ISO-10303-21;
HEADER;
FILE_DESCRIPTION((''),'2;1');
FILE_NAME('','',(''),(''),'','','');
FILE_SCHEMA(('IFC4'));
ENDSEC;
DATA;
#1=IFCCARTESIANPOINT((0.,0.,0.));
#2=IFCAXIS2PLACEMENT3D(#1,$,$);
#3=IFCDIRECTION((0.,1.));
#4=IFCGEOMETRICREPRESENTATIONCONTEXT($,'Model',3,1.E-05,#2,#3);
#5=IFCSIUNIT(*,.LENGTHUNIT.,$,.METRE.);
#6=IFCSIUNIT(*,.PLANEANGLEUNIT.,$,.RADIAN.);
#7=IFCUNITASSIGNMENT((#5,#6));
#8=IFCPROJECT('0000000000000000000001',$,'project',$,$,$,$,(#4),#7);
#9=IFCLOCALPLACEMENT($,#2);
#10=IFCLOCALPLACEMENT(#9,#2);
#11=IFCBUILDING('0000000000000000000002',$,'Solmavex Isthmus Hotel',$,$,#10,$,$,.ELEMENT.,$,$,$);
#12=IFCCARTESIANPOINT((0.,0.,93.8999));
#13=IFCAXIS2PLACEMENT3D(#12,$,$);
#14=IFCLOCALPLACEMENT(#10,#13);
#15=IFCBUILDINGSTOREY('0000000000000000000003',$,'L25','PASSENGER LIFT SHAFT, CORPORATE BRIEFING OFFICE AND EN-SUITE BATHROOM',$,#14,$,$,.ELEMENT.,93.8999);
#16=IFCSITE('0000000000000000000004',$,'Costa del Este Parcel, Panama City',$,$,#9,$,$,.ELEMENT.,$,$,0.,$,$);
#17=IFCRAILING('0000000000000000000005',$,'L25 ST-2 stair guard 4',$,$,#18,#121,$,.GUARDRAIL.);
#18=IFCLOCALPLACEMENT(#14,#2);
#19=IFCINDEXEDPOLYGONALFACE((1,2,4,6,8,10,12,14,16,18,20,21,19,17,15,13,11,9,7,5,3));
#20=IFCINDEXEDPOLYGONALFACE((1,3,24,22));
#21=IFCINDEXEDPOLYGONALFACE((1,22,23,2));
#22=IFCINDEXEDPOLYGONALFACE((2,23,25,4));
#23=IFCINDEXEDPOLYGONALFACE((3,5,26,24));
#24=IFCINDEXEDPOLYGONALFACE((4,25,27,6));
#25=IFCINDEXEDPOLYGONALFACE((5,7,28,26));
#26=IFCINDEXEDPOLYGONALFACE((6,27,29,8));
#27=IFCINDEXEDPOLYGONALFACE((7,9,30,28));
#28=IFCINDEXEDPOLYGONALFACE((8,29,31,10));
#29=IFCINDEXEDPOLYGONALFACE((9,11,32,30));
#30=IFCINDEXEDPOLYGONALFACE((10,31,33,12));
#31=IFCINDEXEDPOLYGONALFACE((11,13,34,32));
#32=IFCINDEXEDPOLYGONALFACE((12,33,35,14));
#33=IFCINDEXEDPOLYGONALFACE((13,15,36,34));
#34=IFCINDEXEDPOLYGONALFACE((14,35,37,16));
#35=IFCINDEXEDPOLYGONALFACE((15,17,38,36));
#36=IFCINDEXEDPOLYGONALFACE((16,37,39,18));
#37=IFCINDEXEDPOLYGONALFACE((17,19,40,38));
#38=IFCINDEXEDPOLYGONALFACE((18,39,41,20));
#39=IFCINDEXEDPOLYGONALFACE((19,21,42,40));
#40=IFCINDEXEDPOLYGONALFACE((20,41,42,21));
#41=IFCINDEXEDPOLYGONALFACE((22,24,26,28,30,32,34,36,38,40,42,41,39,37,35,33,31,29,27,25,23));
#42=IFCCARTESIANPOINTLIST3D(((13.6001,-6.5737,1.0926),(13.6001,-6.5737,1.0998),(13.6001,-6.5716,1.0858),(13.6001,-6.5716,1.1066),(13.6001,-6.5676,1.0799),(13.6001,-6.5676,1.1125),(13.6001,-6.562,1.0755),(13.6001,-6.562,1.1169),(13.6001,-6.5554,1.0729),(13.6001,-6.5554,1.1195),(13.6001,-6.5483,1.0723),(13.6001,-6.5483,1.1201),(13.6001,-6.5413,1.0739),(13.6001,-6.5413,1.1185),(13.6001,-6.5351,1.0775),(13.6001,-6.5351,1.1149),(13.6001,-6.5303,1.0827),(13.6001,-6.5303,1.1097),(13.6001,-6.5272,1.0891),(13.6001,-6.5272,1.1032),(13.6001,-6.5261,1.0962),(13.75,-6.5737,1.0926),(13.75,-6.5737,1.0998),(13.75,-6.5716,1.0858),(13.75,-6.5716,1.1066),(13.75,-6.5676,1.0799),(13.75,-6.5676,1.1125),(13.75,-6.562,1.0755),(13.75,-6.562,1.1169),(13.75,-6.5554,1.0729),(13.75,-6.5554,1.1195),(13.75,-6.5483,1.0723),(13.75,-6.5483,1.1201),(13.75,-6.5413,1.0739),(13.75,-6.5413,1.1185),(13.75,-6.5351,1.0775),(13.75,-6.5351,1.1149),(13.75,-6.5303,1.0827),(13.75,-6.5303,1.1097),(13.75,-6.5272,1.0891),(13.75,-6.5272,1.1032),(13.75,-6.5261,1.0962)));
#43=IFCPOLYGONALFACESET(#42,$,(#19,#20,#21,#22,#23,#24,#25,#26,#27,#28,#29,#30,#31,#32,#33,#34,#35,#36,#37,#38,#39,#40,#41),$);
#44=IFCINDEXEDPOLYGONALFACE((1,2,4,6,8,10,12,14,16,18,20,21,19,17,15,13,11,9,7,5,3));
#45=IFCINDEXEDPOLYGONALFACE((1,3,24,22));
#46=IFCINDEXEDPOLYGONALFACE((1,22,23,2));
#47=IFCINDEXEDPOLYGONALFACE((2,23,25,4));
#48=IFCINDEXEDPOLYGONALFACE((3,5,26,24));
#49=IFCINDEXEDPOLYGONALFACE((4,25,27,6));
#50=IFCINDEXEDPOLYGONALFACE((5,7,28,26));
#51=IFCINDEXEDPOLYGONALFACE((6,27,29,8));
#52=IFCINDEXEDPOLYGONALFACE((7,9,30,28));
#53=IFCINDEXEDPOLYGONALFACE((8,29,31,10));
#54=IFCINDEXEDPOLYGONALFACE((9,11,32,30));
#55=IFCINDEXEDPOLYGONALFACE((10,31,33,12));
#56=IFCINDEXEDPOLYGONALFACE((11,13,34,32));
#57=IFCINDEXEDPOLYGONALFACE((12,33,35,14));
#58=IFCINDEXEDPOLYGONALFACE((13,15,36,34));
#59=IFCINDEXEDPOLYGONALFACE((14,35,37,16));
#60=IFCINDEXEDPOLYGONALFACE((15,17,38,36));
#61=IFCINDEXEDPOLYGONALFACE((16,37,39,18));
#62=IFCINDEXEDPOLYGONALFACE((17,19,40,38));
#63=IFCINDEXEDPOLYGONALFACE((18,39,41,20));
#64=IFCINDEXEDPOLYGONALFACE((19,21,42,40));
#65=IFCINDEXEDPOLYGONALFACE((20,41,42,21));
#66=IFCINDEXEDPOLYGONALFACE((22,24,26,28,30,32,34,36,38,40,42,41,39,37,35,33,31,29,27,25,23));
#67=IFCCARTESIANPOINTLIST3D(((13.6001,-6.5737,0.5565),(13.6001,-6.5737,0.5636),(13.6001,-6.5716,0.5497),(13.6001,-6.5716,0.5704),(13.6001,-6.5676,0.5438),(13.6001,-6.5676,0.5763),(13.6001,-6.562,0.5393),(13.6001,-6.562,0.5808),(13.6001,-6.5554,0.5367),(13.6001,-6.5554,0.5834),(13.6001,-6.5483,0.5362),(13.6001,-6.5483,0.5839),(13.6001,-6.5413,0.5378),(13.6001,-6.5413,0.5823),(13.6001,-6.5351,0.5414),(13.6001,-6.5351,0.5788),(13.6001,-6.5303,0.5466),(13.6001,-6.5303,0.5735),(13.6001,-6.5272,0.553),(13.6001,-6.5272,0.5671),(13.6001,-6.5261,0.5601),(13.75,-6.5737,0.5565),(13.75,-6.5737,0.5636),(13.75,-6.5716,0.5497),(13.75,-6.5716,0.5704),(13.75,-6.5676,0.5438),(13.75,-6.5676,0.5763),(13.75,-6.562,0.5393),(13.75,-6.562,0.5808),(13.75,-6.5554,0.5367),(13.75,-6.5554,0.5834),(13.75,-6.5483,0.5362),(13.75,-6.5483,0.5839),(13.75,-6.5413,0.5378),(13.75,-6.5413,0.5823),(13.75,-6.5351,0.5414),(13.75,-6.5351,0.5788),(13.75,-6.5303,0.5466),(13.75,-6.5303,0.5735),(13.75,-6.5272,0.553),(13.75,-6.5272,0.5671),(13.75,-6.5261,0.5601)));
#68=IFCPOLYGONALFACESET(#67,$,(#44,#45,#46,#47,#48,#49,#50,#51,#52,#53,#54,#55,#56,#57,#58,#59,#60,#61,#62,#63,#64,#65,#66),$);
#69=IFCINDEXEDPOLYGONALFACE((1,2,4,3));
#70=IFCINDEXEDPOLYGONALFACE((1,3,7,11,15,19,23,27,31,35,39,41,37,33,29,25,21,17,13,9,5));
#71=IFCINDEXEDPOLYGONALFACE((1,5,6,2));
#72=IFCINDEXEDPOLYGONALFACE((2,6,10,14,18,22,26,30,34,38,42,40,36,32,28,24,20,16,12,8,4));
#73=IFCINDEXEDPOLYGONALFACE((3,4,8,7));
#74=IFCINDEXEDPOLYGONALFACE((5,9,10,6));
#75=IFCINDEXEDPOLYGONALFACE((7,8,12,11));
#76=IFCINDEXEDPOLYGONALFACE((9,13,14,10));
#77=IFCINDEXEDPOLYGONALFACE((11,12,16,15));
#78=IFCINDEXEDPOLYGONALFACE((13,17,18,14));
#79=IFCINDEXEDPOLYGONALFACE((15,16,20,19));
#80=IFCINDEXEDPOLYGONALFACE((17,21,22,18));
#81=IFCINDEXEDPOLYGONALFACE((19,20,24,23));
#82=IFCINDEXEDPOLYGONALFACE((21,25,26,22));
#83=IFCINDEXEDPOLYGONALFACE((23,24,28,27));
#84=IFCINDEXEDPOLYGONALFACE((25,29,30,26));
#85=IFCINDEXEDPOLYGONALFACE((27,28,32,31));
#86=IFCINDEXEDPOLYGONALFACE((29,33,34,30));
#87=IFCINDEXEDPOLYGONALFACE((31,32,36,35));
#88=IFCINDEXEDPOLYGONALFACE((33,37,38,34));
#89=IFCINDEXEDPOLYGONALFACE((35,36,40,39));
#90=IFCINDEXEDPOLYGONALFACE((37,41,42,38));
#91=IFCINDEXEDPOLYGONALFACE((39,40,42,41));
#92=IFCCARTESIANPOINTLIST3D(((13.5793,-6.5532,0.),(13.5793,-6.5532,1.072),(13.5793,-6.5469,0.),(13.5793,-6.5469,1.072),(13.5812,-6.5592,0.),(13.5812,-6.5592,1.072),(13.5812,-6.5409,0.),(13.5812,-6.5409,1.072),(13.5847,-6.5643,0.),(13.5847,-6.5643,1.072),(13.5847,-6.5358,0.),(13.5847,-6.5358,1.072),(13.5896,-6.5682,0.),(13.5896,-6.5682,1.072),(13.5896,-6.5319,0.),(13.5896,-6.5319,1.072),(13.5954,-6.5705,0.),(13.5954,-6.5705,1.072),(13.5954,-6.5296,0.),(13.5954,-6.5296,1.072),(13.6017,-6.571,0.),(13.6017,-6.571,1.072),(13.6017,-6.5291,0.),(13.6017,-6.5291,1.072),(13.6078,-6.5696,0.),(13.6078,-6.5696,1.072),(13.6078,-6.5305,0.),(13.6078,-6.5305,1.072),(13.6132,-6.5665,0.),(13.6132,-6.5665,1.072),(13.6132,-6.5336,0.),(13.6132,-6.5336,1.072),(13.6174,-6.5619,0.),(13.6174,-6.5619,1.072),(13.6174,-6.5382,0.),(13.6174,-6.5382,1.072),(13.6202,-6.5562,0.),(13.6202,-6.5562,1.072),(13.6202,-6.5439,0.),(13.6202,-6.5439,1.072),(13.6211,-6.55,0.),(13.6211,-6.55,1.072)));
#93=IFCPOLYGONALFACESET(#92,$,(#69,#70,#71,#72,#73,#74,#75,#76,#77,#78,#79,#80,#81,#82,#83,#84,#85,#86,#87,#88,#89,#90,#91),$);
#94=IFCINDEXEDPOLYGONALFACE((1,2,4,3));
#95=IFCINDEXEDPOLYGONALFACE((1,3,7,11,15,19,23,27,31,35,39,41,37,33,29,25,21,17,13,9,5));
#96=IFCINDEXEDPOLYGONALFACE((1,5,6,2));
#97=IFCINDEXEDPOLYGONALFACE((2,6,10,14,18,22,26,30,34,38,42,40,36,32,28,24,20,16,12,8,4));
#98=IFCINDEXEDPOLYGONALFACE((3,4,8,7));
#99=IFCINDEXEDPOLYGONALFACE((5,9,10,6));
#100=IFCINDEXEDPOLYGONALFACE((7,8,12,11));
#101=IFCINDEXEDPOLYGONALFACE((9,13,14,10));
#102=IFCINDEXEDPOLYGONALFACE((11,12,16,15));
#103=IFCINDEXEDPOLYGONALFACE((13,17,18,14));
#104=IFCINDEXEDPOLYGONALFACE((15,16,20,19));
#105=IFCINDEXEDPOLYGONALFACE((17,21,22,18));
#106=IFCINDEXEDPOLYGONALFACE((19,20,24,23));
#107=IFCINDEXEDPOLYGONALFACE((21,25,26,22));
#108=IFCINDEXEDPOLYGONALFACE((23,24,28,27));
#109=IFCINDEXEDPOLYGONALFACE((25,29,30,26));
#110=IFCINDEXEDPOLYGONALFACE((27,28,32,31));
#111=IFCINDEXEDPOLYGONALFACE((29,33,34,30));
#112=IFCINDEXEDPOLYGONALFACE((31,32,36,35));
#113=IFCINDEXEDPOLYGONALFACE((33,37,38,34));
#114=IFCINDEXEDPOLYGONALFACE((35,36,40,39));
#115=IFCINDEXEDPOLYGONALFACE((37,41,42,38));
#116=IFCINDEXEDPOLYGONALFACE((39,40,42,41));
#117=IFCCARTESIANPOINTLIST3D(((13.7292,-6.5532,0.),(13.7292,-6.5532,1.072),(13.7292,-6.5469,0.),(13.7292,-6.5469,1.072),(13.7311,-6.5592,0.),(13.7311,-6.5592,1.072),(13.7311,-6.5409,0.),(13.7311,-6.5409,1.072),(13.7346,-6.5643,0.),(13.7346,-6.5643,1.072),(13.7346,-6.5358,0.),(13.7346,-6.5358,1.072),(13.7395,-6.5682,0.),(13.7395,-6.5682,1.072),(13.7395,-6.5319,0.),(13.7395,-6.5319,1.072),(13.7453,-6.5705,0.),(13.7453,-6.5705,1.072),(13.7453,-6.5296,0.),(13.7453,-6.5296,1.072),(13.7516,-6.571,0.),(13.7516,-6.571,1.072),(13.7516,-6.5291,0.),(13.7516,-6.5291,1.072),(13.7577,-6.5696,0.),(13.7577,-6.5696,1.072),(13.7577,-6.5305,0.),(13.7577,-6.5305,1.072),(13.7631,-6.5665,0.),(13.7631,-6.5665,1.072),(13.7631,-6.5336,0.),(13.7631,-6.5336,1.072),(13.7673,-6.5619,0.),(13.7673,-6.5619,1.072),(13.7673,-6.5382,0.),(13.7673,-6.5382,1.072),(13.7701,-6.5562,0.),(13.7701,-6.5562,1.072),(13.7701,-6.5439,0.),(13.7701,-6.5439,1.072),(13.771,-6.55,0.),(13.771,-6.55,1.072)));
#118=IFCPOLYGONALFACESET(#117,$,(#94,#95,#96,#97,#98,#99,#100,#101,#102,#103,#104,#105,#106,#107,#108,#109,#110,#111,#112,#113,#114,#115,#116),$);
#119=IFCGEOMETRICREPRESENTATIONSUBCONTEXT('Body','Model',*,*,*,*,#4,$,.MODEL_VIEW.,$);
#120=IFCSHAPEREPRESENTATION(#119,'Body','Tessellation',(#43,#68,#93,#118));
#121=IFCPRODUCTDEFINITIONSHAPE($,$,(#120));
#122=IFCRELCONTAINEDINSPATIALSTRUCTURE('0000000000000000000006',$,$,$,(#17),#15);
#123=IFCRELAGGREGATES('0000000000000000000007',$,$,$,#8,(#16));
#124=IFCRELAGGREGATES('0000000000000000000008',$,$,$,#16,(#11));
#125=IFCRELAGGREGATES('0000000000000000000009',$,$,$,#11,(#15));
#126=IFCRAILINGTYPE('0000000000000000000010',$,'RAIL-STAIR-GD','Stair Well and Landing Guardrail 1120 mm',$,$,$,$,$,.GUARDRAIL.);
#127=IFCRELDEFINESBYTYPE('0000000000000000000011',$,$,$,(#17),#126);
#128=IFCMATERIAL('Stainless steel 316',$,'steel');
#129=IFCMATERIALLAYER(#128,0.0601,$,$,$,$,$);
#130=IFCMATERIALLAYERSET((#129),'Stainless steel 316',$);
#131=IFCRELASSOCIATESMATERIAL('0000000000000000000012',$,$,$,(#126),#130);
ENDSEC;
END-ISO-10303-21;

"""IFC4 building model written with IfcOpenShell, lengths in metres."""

from ifc_helpers import new_model, si_unit, direction, frame, origin, origin_2d, place, context, subcontext, project, spatial, circle, extrude, material, layer, layer_set, type_object, element, save


model = new_model("IFC4")

# Units and contexts
model_context = context("Model", 3, precision=1e-05, world=origin(), true_north=direction((0.0, 1.0)))
body_context = subcontext(model_context, "Body", "Model", "MODEL_VIEW")
ifc_project = project(units=[si_unit("LENGTHUNIT", "METRE"), si_unit("PLANEANGLEUNIT", "RADIAN")], contexts=[model_context])

# Site, building, storey
site_placement = place(None, origin())
site = spatial("IfcSite", under=ifc_project, at=site_placement, Name="Costa del Este Parcel, Panama City", CompositionType="ELEMENT", RefElevation=0.0)
building_placement = place(site_placement, origin())
building = spatial("IfcBuilding", under=site, at=building_placement, Name="Solmavex Isthmus Hotel", CompositionType="ELEMENT")
storey_placement = place(building_placement, frame((0.0, 0.0, 93.8999)))
storey = spatial("IfcBuildingStorey", under=building, at=storey_placement, Name="L25", Description="PASSENGER LIFT SHAFT, CORPORATE BRIEFING OFFICE AND EN-SUITE BATHROOM", CompositionType="ELEMENT", Elevation=93.8999)

# Shared definitions
ifc_material_1 = material(Name="Stainless steel 316", Category="steel")

# Railing
ifc_layer_1 = layer(ifc_material_1, 0.0601)
ifc_layer_set_1 = layer_set([ifc_layer_1], Name="Stainless steel 316")
railing_type_1 = type_object("IfcRailingType", Name="RAIL-STAIR-GD", Description="Stair Well and Landing Guardrail 1120 mm", PredefinedType="GUARDRAIL", material=ifc_layer_set_1)
railing_1_placement = place(storey_placement, frame((13.6001, -6.55, 0.0)))
element("IfcRailing", 1, at=railing_1_placement, inside=storey, type_object=railing_type_1, Name="L25 ST-2 stair guard 4", PredefinedType="GUARDRAIL", context=body_context, shape_type="SweptSolid", body=[
    extrude(circle(Radius=0.0239, at=origin_2d()), frame((0.0, 0.0, 1.0962), z_axis=(1.0, 0.0, 0.0), x_axis=(0.0, 1.0, 0.0)), (0.0, 0.0, 1.0), 0.1499),
    extrude(circle(Radius=0.0239, at=origin_2d()), frame((0.0, 0.0, 0.5601), z_axis=(1.0, 0.0, 0.0), x_axis=(0.0, 1.0, 0.0)), (0.0, 0.0, 1.0), 0.1499),
    extrude(circle(Radius=0.021, at=origin_2d()), origin(), (0.0, 0.0, 1.0), 1.072),
    extrude(circle(Radius=0.021, at=origin_2d()), frame((0.1499, 0.0, 0.0)), (0.0, 0.0, 1.0), 1.072),
])

save(model, "model.ifc")
